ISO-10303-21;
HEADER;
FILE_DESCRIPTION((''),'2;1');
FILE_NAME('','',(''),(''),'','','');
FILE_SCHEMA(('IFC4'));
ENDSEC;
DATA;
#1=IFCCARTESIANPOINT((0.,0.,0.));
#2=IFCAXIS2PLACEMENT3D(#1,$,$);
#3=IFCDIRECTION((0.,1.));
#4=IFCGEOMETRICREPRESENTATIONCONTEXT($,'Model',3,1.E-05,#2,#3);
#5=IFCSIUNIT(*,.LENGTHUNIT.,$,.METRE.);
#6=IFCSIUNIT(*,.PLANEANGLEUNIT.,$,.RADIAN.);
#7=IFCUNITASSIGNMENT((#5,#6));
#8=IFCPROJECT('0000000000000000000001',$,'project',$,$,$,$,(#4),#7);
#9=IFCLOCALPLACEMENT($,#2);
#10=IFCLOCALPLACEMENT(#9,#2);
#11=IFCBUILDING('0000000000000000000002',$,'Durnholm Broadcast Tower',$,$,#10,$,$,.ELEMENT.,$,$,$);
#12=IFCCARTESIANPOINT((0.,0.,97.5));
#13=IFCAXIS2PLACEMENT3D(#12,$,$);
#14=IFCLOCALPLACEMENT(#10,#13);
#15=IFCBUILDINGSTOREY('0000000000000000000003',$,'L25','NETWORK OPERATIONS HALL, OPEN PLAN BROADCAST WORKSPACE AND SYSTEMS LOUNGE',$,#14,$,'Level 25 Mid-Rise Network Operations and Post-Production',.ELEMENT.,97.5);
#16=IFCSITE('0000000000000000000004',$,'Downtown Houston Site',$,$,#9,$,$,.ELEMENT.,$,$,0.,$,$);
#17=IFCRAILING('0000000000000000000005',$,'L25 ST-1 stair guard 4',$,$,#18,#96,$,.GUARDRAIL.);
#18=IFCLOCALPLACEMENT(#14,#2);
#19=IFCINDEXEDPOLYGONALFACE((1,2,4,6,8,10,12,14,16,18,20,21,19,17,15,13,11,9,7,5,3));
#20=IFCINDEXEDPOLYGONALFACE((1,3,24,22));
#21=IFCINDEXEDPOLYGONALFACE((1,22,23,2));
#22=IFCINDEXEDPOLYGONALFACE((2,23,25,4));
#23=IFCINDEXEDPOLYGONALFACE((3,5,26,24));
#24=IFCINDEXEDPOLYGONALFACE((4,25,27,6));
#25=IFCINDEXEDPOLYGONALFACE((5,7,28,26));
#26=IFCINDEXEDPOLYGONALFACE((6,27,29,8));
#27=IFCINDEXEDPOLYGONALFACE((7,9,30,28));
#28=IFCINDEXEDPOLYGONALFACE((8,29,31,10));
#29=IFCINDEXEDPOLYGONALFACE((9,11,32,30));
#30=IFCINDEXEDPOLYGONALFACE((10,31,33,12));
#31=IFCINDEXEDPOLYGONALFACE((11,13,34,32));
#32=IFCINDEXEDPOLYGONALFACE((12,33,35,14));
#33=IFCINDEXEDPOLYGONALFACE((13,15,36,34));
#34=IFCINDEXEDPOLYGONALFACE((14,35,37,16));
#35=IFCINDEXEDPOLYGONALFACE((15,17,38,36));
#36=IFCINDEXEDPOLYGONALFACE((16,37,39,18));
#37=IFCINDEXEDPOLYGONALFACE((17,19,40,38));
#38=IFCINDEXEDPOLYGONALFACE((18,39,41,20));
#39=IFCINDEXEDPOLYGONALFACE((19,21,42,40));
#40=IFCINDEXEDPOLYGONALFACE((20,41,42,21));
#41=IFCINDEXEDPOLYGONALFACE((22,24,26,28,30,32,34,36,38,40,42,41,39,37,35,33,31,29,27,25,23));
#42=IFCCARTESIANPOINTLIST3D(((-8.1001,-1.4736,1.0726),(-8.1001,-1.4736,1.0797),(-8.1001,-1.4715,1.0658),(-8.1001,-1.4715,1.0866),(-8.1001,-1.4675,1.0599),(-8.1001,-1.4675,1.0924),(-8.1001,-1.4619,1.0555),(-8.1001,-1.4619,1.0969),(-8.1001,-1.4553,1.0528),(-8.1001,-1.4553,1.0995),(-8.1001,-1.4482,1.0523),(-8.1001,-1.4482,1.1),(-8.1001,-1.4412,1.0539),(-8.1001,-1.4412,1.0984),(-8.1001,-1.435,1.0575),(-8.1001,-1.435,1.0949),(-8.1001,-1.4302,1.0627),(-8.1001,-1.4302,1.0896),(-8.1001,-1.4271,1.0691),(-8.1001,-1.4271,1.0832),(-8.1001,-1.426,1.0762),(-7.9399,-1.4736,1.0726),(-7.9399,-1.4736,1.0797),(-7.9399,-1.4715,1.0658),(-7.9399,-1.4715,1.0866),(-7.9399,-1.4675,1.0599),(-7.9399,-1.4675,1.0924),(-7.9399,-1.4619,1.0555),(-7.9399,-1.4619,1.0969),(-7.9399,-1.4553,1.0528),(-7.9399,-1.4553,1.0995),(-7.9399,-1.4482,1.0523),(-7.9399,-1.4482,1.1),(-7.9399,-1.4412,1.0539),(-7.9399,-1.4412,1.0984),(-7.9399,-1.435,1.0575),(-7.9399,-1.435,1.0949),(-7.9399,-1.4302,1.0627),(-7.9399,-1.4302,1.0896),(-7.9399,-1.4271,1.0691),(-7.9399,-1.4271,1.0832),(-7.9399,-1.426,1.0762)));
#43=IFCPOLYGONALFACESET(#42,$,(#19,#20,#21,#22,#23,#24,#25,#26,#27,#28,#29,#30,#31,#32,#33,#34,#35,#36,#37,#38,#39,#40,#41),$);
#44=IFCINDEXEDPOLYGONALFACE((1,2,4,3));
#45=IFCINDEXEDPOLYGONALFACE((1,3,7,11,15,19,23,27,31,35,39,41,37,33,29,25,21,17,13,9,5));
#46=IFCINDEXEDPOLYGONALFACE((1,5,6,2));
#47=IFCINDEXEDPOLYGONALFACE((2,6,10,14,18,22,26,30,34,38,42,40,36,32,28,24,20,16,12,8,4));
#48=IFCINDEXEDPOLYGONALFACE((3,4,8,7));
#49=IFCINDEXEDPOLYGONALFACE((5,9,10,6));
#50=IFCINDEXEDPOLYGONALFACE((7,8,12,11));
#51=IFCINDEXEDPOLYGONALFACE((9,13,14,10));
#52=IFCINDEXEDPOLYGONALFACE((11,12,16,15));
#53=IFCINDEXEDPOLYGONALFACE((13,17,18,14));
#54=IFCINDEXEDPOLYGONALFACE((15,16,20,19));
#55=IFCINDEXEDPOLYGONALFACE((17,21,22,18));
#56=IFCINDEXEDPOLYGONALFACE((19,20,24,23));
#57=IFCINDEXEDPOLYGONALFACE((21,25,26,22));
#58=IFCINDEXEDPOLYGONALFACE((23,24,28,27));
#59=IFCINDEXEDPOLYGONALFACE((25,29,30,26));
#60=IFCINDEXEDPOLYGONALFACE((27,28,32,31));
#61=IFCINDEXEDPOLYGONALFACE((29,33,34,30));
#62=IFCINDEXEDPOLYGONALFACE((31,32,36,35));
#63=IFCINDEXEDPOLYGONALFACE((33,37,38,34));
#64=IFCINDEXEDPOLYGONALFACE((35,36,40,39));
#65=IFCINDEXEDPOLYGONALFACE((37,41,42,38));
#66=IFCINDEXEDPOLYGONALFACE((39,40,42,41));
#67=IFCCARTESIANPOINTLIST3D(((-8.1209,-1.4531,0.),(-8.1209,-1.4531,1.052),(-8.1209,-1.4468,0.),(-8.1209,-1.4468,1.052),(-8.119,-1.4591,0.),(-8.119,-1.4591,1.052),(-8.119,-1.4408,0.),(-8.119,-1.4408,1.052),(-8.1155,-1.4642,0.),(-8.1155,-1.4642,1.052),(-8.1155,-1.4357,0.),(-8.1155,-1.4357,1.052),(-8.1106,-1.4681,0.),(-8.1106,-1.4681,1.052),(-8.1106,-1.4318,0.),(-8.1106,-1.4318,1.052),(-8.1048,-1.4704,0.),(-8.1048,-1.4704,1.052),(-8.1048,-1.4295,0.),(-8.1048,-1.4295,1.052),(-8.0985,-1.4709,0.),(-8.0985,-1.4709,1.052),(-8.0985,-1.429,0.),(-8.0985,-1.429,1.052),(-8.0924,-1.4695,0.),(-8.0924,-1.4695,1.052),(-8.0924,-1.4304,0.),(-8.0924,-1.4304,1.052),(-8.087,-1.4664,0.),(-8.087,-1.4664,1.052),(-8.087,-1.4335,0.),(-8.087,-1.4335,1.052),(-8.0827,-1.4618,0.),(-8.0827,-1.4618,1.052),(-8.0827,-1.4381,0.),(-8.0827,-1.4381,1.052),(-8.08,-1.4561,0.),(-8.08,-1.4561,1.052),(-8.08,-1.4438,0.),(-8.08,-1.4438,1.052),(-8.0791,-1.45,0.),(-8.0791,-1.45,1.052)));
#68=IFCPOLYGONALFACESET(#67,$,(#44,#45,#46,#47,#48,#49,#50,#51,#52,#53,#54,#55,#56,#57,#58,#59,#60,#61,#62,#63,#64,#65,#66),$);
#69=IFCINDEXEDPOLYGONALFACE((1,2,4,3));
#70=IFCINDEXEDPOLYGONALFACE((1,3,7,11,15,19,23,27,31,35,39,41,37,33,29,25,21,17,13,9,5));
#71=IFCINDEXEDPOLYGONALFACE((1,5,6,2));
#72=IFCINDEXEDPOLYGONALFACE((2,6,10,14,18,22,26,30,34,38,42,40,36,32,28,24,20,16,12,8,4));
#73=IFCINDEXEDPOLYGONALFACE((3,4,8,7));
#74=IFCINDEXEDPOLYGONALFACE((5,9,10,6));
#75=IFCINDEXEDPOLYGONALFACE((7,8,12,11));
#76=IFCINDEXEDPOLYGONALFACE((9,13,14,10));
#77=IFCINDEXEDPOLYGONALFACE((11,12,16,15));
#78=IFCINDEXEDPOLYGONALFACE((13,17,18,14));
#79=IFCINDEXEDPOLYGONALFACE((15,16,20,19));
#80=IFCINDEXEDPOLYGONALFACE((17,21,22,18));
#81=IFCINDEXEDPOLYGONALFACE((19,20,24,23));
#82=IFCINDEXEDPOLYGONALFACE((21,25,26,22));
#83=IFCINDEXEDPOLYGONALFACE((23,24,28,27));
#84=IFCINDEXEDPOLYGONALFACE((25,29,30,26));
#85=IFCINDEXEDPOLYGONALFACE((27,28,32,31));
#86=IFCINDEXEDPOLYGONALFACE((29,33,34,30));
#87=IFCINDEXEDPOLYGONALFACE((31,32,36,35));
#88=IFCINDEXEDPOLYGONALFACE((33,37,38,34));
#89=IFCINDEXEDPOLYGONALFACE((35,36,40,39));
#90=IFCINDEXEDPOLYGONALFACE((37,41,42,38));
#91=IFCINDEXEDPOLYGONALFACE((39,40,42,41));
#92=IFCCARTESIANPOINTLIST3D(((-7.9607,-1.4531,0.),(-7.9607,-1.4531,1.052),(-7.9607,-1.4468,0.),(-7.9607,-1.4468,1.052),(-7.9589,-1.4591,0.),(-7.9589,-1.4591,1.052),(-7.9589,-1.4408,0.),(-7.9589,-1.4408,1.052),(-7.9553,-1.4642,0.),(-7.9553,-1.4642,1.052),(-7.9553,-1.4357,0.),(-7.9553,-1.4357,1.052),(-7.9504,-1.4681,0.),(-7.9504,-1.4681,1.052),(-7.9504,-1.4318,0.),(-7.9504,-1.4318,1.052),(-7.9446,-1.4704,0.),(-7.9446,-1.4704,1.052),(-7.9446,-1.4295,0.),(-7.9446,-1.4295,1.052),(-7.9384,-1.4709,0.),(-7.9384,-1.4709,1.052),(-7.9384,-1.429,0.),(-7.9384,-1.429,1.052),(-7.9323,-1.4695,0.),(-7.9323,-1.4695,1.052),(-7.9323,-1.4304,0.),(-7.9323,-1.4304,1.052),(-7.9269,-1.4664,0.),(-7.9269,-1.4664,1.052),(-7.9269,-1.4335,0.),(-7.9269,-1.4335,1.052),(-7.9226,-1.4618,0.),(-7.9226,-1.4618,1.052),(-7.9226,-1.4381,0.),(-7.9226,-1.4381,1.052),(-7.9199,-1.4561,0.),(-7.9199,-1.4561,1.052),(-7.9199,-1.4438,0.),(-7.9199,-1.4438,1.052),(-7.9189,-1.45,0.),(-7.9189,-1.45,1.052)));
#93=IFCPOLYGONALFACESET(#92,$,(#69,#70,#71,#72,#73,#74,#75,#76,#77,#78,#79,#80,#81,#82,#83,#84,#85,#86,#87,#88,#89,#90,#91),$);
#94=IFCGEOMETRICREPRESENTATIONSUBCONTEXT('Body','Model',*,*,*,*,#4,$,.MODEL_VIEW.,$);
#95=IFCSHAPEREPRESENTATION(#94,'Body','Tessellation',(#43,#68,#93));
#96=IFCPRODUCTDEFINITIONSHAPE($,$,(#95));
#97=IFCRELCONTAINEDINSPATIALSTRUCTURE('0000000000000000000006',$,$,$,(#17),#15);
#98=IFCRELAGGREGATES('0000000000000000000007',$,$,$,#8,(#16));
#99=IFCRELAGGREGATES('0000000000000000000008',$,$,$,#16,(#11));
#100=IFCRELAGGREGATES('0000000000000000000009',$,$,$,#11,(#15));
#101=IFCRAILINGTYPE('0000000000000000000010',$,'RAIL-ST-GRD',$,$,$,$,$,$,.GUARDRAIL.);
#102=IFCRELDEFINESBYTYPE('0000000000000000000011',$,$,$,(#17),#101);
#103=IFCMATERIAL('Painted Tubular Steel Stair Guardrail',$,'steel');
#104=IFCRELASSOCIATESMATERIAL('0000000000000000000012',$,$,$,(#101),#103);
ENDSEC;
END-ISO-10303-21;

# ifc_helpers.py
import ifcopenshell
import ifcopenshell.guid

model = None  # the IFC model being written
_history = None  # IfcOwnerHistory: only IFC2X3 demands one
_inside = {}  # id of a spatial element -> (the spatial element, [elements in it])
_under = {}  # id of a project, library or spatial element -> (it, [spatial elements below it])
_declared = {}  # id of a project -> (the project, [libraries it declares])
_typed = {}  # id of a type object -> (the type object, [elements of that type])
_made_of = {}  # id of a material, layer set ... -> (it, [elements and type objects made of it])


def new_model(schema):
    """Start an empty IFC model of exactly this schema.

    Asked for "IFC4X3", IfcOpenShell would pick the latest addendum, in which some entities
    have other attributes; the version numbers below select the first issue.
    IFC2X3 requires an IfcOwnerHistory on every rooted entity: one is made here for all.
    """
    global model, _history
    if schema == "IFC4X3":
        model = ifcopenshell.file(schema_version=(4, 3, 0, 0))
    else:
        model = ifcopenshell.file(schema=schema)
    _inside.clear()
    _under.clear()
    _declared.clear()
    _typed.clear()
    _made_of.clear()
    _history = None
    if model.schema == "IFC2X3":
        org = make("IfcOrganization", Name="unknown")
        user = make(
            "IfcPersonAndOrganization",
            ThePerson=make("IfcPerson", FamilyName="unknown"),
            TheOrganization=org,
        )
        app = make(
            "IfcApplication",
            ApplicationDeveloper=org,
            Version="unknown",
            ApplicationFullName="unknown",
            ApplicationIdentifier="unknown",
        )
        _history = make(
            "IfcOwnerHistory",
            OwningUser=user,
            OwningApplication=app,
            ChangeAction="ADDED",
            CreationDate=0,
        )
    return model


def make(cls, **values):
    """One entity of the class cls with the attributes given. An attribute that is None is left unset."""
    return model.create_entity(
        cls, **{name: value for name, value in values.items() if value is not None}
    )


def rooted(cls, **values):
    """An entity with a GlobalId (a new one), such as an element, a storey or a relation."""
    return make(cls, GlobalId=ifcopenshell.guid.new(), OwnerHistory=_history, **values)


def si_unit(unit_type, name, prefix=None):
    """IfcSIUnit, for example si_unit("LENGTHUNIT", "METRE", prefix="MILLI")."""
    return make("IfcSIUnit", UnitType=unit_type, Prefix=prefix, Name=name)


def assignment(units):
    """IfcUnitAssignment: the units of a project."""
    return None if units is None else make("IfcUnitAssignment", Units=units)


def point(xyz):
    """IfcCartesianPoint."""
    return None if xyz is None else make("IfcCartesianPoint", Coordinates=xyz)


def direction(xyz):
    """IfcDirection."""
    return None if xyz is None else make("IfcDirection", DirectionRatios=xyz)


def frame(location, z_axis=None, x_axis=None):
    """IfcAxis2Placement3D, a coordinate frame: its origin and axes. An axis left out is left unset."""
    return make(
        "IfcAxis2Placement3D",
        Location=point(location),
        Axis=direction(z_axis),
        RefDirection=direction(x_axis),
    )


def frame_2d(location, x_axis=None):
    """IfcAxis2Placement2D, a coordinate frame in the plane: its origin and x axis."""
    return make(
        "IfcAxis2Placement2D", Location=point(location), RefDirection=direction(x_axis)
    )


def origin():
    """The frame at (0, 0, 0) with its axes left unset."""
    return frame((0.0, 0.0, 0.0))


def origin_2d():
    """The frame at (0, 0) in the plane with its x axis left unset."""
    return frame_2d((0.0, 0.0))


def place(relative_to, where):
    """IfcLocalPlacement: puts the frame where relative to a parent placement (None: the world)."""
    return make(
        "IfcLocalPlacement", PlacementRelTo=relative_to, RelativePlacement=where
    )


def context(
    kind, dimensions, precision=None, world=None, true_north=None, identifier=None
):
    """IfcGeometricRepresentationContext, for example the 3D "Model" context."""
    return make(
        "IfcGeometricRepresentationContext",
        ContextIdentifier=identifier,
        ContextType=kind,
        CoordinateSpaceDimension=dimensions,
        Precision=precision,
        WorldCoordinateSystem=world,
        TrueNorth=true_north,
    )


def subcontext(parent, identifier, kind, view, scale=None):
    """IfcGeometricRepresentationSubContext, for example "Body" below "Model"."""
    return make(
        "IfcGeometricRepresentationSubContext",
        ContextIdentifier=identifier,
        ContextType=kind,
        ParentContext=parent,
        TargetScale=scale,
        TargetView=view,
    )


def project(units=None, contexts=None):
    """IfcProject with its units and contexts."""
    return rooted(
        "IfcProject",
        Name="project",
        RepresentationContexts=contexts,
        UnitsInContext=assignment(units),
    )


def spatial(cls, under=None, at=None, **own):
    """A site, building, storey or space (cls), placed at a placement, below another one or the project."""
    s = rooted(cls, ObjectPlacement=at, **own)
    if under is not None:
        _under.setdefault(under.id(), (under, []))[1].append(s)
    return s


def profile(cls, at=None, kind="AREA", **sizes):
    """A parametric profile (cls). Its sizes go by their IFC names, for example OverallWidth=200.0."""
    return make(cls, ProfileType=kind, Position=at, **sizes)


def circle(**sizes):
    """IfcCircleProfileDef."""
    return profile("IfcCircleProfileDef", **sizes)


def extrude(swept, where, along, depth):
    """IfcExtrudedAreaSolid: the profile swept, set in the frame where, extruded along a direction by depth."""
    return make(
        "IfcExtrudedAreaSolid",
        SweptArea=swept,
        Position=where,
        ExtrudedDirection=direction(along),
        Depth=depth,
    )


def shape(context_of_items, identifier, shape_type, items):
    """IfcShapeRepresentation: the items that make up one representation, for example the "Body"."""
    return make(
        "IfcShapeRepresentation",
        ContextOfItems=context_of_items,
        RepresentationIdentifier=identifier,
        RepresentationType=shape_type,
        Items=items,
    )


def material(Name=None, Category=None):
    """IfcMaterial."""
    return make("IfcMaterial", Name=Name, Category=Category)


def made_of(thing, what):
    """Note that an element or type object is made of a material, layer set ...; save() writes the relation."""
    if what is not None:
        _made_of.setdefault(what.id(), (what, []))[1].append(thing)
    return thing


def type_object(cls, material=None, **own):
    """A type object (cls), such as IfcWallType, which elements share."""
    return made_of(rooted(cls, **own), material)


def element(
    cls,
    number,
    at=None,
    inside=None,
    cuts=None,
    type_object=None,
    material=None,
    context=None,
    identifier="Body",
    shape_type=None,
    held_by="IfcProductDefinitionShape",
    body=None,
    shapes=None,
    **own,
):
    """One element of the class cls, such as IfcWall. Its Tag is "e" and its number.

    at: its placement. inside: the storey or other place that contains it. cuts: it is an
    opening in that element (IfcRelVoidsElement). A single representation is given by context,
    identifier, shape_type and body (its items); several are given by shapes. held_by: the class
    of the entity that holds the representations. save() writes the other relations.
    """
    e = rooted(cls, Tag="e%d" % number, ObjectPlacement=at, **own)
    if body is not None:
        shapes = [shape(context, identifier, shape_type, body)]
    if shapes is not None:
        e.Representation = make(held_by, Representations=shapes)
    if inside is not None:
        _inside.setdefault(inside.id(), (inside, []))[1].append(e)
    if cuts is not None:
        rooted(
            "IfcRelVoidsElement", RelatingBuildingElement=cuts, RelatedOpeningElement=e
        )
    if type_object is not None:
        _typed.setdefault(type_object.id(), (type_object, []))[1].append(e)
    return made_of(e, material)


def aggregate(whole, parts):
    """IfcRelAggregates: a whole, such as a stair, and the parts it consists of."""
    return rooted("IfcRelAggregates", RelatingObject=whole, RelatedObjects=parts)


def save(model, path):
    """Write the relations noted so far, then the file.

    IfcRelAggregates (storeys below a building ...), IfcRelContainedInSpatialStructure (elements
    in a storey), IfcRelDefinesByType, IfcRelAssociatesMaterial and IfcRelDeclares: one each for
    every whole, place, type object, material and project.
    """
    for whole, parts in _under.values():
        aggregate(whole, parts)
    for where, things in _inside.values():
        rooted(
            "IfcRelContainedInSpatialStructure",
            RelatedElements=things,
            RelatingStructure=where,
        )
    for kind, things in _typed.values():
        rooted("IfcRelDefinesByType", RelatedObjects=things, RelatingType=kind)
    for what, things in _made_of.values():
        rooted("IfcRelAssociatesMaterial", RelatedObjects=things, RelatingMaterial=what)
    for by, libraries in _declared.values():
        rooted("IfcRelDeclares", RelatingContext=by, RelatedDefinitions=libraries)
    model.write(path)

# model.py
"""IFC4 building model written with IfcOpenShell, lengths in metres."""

from ifc_helpers import new_model, si_unit, direction, frame, origin, origin_2d, place, context, subcontext, project, spatial, circle, extrude, material, type_object, element, save


model = new_model("IFC4")

# Units and contexts
model_context = context("Model", 3, precision=1e-05, world=origin(), true_north=direction((0.0, 1.0)))
body_context = subcontext(model_context, "Body", "Model", "MODEL_VIEW")
ifc_project = project(units=[si_unit("LENGTHUNIT", "METRE"), si_unit("PLANEANGLEUNIT", "RADIAN")], contexts=[model_context])

# Site, building, storey
site_placement = place(None, origin())
site = spatial("IfcSite", under=ifc_project, at=site_placement, Name="Downtown Houston Site", CompositionType="ELEMENT", RefElevation=0.0)
building_placement = place(site_placement, origin())
building = spatial("IfcBuilding", under=site, at=building_placement, Name="Durnholm Broadcast Tower", CompositionType="ELEMENT")
storey_placement = place(building_placement, frame((0.0, 0.0, 97.5)))
storey = spatial("IfcBuildingStorey", under=building, at=storey_placement, Name="L25", Description="NETWORK OPERATIONS HALL, OPEN PLAN BROADCAST WORKSPACE AND SYSTEMS LOUNGE", LongName="Level 25 Mid-Rise Network Operations and Post-Production", CompositionType="ELEMENT", Elevation=97.5)

# Railing
ifc_material_1 = material(Name="Painted Tubular Steel Stair Guardrail", Category="steel")
railing_type_1 = type_object("IfcRailingType", Name="RAIL-ST-GRD", PredefinedType="GUARDRAIL", material=ifc_material_1)
railing_1_placement = place(storey_placement, frame((-8.1001, -1.45, 0.0)))
element("IfcRailing", 1, at=railing_1_placement, inside=storey, type_object=railing_type_1, Name="L25 ST-1 stair guard 4", PredefinedType="GUARDRAIL", context=body_context, shape_type="SweptSolid", body=[
    extrude(circle(Radius=0.0239, at=origin_2d()), frame((0.0, 0.0, 1.0762), z_axis=(1.0, 0.0, 0.0), x_axis=(0.0, 1.0, 0.0)), (0.0, 0.0, 1.0), 0.1602),
    extrude(circle(Radius=0.021, at=origin_2d()), origin(), (0.0, 0.0, 1.0), 1.052),
    extrude(circle(Radius=0.021, at=origin_2d()), frame((0.1602, 0.0, 0.0)), (0.0, 0.0, 1.0), 1.052),
])

save(model, "model.ifc")
